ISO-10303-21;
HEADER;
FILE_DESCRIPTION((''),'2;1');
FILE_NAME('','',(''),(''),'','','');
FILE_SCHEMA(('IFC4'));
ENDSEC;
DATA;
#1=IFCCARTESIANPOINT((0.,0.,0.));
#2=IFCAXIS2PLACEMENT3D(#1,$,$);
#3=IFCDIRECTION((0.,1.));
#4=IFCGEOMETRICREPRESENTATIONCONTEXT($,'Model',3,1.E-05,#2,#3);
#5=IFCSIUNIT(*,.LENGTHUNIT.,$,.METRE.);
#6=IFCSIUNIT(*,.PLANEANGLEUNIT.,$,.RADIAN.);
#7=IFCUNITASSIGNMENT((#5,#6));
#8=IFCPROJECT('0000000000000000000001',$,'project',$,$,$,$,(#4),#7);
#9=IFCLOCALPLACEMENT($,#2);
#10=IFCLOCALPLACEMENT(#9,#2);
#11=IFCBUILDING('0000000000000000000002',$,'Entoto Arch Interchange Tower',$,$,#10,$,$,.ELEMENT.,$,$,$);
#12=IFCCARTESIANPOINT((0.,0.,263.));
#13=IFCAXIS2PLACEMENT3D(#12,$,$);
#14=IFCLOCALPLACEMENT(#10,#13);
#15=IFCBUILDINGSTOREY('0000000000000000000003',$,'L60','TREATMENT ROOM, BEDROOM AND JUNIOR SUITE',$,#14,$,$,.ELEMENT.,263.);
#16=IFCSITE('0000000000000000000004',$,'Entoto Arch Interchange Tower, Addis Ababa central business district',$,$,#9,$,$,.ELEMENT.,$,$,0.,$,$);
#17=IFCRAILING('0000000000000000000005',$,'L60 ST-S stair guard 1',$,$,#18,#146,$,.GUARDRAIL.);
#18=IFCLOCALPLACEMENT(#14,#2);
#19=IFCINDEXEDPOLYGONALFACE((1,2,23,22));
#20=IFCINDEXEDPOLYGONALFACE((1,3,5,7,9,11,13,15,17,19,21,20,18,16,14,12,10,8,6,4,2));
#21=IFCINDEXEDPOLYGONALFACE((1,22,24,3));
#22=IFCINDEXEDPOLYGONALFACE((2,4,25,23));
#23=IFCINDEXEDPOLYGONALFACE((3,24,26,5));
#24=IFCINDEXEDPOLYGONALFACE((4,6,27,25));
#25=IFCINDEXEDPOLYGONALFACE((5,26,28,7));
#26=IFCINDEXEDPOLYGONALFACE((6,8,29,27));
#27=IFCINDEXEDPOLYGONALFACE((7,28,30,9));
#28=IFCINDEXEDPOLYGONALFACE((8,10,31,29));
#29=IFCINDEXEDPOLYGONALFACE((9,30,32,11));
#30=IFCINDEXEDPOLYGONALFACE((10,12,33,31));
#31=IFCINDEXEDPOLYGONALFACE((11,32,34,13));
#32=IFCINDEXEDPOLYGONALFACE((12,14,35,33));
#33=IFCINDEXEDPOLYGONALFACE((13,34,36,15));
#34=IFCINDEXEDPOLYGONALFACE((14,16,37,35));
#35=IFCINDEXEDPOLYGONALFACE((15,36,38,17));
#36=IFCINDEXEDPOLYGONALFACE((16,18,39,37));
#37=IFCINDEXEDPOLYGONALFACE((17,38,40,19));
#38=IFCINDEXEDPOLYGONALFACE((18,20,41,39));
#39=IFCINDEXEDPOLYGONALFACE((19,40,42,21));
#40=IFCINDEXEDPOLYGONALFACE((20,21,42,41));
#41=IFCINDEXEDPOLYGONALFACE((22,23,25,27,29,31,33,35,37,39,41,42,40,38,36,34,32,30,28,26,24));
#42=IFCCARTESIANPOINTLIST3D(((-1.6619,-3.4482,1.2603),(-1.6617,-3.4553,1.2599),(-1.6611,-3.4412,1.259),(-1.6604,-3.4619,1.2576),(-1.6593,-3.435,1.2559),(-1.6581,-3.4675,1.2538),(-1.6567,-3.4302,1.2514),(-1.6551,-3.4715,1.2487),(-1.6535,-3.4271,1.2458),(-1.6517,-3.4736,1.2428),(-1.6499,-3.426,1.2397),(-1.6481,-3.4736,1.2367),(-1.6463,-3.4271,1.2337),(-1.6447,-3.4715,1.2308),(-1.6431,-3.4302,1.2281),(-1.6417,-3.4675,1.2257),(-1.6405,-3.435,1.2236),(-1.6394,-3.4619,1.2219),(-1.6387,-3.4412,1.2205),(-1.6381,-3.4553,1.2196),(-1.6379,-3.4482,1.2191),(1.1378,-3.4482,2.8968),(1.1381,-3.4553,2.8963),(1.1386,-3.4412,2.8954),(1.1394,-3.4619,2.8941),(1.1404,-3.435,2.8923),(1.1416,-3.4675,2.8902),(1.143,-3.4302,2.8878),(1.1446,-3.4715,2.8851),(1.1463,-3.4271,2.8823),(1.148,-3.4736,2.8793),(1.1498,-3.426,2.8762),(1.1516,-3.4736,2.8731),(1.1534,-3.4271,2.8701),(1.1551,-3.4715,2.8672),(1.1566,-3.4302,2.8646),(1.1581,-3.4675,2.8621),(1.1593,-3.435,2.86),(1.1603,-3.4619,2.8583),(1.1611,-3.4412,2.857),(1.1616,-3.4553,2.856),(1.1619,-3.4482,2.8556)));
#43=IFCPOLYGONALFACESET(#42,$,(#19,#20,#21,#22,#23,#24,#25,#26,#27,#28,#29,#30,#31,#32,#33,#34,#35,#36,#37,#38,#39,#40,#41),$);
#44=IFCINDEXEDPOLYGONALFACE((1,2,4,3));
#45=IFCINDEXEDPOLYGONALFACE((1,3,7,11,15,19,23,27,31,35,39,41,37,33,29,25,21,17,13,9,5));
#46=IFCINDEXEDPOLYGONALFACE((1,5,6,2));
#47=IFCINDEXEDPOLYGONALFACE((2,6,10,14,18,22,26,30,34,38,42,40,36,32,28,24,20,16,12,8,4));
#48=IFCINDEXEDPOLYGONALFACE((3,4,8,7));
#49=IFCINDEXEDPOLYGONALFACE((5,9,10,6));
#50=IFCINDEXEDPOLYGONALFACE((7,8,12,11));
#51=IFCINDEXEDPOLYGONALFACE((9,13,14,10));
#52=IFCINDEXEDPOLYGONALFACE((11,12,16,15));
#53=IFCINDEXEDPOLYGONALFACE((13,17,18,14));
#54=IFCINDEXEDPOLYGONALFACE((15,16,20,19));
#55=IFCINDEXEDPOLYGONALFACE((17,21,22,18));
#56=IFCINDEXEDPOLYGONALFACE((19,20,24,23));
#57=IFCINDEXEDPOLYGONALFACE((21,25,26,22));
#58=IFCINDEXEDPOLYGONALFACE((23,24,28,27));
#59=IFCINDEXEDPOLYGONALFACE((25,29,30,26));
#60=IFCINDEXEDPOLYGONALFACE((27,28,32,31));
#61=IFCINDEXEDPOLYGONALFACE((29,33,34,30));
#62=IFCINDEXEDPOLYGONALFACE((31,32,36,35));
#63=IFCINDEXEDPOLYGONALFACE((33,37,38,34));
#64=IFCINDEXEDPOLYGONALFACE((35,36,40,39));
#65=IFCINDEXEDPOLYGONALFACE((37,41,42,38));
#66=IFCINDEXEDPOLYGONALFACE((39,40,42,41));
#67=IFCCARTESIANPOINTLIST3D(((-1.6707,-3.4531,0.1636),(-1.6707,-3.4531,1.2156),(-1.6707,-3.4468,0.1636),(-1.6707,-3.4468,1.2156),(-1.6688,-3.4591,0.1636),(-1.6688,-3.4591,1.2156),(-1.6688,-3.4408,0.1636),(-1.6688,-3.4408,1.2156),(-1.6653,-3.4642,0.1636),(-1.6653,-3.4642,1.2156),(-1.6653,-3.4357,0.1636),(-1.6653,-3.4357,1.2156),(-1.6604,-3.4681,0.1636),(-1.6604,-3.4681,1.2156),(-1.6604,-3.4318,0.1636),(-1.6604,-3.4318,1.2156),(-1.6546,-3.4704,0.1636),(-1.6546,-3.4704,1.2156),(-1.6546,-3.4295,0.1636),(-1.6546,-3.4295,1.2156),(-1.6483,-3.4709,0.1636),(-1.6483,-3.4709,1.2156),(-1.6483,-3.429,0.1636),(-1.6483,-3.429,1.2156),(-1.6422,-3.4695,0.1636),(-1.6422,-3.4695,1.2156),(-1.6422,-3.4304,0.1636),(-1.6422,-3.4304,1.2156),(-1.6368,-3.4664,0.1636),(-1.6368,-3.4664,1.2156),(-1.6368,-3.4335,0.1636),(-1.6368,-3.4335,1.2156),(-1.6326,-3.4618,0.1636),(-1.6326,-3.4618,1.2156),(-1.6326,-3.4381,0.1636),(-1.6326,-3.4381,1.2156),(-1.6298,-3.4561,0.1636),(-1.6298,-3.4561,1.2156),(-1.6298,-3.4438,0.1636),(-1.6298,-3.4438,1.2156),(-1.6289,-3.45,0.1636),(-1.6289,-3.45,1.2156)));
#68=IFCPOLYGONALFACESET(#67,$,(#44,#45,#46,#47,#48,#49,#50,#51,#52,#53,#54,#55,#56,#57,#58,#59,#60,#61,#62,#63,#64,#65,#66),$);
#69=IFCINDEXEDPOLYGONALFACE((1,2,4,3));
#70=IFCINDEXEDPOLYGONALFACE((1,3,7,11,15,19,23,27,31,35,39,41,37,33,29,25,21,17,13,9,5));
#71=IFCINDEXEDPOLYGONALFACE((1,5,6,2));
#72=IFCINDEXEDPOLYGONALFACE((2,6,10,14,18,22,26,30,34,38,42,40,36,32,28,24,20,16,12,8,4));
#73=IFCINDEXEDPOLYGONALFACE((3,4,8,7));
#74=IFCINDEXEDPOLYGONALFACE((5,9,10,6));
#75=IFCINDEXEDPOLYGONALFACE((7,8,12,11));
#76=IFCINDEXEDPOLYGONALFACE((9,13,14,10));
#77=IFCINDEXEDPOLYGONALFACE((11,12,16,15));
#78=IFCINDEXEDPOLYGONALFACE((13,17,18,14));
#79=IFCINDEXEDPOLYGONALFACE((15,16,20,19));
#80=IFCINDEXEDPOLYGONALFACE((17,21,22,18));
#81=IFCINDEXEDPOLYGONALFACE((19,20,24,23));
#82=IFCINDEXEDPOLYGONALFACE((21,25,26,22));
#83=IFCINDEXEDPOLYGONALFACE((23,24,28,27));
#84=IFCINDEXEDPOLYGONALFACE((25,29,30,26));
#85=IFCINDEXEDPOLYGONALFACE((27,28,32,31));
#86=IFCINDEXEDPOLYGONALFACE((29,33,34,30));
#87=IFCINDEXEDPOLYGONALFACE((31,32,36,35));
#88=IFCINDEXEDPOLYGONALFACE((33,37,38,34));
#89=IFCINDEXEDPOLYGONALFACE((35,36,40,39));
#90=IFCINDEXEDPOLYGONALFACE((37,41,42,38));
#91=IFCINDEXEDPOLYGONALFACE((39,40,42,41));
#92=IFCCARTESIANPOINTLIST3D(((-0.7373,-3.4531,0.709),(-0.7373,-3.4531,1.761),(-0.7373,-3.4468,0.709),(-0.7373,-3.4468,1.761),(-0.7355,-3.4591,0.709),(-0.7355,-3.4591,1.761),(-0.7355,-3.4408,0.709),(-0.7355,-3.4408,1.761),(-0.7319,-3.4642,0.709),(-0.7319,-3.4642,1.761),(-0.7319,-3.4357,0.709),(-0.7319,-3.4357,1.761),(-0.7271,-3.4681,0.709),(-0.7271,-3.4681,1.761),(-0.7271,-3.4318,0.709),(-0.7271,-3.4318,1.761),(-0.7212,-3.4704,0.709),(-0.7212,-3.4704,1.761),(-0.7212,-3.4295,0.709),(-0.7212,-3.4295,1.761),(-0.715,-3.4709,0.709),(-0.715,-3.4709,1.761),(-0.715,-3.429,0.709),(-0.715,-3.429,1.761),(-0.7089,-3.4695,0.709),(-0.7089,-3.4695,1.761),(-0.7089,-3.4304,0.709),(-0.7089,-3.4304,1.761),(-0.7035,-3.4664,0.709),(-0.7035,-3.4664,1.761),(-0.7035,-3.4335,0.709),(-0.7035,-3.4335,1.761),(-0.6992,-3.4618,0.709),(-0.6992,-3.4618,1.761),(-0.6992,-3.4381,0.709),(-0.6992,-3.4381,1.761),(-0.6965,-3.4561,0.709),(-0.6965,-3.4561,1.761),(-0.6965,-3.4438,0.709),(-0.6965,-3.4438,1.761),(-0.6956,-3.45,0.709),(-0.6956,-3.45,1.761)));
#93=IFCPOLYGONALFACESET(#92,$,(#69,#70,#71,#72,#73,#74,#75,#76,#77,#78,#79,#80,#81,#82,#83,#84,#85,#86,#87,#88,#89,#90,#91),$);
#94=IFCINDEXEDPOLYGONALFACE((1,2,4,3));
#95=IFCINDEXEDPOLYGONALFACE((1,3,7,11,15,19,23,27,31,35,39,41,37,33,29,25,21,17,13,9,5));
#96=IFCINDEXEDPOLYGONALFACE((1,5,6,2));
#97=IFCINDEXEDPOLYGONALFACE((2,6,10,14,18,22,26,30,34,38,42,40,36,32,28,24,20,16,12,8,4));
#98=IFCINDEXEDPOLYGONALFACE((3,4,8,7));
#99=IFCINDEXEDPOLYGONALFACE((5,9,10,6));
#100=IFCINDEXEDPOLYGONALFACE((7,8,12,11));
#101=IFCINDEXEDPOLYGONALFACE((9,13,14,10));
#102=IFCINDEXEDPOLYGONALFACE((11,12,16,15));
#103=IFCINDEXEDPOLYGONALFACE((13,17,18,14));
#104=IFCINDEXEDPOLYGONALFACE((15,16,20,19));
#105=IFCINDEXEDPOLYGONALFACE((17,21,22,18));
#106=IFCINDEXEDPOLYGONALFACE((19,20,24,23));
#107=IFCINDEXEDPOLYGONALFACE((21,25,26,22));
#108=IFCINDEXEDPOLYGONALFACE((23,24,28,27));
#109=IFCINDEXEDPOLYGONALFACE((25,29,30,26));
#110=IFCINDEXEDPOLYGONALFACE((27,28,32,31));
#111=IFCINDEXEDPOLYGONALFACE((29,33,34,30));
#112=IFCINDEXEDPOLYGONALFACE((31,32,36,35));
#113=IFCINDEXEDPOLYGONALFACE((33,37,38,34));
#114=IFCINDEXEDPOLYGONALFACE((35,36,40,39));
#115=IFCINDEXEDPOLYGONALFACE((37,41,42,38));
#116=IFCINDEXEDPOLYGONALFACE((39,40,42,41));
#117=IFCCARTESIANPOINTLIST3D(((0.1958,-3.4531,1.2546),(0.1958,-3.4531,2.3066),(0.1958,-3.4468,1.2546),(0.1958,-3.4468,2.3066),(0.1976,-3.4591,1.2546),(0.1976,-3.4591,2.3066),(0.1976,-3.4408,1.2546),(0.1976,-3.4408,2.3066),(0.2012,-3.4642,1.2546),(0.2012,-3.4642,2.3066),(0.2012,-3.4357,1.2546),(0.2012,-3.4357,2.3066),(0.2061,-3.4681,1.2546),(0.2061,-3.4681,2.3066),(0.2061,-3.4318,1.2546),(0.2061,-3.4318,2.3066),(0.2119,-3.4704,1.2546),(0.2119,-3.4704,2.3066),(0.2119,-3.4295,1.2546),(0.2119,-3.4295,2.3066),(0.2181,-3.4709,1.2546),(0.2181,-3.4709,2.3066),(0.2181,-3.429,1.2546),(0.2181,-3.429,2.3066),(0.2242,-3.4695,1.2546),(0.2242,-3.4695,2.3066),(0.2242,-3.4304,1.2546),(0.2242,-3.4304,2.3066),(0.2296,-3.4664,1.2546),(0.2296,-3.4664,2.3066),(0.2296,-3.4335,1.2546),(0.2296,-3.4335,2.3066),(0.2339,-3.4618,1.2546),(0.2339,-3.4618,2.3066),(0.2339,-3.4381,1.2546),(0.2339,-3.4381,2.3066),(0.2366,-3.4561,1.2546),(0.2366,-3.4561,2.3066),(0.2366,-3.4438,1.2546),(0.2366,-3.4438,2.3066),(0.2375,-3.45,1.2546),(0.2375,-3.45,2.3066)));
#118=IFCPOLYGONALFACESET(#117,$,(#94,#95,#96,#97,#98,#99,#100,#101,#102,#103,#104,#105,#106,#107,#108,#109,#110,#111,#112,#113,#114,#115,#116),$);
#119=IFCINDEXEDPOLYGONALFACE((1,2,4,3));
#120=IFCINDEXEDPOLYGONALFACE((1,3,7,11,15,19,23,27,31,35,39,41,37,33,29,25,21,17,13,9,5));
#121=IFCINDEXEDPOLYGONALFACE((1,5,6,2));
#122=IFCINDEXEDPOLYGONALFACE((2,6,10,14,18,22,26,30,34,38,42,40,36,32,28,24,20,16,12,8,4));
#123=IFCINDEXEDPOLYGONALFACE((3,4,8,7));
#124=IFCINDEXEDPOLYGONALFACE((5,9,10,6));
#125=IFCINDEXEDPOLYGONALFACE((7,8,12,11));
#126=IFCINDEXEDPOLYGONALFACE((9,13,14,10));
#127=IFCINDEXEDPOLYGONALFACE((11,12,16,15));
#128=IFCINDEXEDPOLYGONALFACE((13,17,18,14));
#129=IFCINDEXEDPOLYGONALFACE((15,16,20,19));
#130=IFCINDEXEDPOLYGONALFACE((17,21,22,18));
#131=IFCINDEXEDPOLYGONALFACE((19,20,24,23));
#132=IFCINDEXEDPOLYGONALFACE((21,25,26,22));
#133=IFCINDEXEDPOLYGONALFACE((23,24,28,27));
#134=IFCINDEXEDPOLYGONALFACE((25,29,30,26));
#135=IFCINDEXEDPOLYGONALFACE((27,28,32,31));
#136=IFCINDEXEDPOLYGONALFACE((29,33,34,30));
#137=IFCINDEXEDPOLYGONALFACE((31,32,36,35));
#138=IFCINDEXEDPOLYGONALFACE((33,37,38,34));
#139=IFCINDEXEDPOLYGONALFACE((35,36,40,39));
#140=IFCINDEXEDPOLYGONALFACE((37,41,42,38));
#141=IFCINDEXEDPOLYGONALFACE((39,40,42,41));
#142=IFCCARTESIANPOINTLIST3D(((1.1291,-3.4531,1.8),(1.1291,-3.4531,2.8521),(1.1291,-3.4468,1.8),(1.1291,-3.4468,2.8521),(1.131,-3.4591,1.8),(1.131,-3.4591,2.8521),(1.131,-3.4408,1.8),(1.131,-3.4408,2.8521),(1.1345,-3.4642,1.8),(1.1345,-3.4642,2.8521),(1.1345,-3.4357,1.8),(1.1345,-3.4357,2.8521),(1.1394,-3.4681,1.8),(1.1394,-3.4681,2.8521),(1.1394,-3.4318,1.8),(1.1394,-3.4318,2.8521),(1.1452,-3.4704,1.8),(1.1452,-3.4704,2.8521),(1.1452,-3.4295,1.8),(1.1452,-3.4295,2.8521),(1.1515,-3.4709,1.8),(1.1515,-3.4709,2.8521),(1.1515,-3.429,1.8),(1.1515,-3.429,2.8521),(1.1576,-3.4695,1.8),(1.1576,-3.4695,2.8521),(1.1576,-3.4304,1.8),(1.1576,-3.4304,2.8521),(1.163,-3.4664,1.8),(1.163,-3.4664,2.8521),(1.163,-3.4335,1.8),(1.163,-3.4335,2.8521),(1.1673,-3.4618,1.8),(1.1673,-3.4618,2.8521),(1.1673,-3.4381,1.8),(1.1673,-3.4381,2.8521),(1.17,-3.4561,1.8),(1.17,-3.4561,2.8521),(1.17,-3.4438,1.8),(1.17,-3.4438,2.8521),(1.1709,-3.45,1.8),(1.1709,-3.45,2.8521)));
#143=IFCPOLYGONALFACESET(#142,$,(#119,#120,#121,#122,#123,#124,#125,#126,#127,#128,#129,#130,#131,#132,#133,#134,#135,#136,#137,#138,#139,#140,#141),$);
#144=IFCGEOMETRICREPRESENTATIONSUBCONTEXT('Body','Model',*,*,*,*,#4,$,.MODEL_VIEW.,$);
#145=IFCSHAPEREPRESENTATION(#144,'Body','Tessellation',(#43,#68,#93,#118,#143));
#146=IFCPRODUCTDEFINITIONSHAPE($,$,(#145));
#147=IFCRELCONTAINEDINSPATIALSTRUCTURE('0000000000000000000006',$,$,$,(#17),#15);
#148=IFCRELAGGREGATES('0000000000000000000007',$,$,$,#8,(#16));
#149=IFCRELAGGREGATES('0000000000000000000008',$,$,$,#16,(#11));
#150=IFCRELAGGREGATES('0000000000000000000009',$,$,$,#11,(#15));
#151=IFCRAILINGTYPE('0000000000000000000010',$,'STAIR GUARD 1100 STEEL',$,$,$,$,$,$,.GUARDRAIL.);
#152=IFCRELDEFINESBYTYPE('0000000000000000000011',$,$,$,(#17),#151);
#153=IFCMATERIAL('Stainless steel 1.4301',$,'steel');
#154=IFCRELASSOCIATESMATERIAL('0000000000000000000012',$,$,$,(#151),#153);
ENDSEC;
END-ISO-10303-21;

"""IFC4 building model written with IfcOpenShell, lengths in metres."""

from ifc_helpers import new_model, si_unit, direction, frame, origin, origin_2d, place, context, subcontext, project, spatial, circle, extrude, material, type_object, element, save


model = new_model("IFC4")

# Units and contexts
model_context = context("Model", 3, precision=1e-05, world=origin(), true_north=direction((0.0, 1.0)))
body_context = subcontext(model_context, "Body", "Model", "MODEL_VIEW")
ifc_project = project(units=[si_unit("LENGTHUNIT", "METRE"), si_unit("PLANEANGLEUNIT", "RADIAN")], contexts=[model_context])

# Site, building, storey
site_placement = place(None, origin())
site = spatial("IfcSite", under=ifc_project, at=site_placement, Name="Entoto Arch Interchange Tower, Addis Ababa central business district", CompositionType="ELEMENT", RefElevation=0.0)
building_placement = place(site_placement, origin())
building = spatial("IfcBuilding", under=site, at=building_placement, Name="Entoto Arch Interchange Tower", CompositionType="ELEMENT")
storey_placement = place(building_placement, frame((0.0, 0.0, 263.0)))
storey = spatial("IfcBuildingStorey", under=building, at=storey_placement, Name="L60", Description="TREATMENT ROOM, BEDROOM AND JUNIOR SUITE", CompositionType="ELEMENT", Elevation=263.0)

# Railing
ifc_material_1 = material(Name="Stainless steel 1.4301", Category="steel")
railing_type_1 = type_object("IfcRailingType", Name="STAIR GUARD 1100 STEEL", PredefinedType="GUARDRAIL", material=ifc_material_1)
railing_1_placement = place(storey_placement, frame((-1.6499, -3.45, 0.1636)))
element("IfcRailing", 1, at=railing_1_placement, inside=storey, type_object=railing_type_1, Name="L60 ST-S stair guard 1", PredefinedType="GUARDRAIL", context=body_context, shape_type="SweptSolid", body=[
    extrude(circle(Radius=0.0239, at=origin_2d()), frame((0.0, 0.0, 1.0762), z_axis=(0.863342, 0.0, 0.50462), x_axis=(0.0, 1.0, 0.0)), (0.0, 0.0, 1.0), 3.2429),
    extrude(circle(Radius=0.021, at=origin_2d()), origin(), (0.0, 0.0, 1.0), 1.052),
    extrude(circle(Radius=0.021, at=origin_2d()), frame((0.9333, 0.0, 0.5454)), (0.0, 0.0, 1.0), 1.052),
    extrude(circle(Radius=0.021, at=origin_2d()), frame((1.8665, 0.0, 1.0911)), (0.0, 0.0, 1.0), 1.052),
    extrude(circle(Radius=0.021, at=origin_2d()), frame((2.7998, 0.0, 1.6365)), (0.0, 0.0, 1.0), 1.052),
])

save(model, "model.ifc")
